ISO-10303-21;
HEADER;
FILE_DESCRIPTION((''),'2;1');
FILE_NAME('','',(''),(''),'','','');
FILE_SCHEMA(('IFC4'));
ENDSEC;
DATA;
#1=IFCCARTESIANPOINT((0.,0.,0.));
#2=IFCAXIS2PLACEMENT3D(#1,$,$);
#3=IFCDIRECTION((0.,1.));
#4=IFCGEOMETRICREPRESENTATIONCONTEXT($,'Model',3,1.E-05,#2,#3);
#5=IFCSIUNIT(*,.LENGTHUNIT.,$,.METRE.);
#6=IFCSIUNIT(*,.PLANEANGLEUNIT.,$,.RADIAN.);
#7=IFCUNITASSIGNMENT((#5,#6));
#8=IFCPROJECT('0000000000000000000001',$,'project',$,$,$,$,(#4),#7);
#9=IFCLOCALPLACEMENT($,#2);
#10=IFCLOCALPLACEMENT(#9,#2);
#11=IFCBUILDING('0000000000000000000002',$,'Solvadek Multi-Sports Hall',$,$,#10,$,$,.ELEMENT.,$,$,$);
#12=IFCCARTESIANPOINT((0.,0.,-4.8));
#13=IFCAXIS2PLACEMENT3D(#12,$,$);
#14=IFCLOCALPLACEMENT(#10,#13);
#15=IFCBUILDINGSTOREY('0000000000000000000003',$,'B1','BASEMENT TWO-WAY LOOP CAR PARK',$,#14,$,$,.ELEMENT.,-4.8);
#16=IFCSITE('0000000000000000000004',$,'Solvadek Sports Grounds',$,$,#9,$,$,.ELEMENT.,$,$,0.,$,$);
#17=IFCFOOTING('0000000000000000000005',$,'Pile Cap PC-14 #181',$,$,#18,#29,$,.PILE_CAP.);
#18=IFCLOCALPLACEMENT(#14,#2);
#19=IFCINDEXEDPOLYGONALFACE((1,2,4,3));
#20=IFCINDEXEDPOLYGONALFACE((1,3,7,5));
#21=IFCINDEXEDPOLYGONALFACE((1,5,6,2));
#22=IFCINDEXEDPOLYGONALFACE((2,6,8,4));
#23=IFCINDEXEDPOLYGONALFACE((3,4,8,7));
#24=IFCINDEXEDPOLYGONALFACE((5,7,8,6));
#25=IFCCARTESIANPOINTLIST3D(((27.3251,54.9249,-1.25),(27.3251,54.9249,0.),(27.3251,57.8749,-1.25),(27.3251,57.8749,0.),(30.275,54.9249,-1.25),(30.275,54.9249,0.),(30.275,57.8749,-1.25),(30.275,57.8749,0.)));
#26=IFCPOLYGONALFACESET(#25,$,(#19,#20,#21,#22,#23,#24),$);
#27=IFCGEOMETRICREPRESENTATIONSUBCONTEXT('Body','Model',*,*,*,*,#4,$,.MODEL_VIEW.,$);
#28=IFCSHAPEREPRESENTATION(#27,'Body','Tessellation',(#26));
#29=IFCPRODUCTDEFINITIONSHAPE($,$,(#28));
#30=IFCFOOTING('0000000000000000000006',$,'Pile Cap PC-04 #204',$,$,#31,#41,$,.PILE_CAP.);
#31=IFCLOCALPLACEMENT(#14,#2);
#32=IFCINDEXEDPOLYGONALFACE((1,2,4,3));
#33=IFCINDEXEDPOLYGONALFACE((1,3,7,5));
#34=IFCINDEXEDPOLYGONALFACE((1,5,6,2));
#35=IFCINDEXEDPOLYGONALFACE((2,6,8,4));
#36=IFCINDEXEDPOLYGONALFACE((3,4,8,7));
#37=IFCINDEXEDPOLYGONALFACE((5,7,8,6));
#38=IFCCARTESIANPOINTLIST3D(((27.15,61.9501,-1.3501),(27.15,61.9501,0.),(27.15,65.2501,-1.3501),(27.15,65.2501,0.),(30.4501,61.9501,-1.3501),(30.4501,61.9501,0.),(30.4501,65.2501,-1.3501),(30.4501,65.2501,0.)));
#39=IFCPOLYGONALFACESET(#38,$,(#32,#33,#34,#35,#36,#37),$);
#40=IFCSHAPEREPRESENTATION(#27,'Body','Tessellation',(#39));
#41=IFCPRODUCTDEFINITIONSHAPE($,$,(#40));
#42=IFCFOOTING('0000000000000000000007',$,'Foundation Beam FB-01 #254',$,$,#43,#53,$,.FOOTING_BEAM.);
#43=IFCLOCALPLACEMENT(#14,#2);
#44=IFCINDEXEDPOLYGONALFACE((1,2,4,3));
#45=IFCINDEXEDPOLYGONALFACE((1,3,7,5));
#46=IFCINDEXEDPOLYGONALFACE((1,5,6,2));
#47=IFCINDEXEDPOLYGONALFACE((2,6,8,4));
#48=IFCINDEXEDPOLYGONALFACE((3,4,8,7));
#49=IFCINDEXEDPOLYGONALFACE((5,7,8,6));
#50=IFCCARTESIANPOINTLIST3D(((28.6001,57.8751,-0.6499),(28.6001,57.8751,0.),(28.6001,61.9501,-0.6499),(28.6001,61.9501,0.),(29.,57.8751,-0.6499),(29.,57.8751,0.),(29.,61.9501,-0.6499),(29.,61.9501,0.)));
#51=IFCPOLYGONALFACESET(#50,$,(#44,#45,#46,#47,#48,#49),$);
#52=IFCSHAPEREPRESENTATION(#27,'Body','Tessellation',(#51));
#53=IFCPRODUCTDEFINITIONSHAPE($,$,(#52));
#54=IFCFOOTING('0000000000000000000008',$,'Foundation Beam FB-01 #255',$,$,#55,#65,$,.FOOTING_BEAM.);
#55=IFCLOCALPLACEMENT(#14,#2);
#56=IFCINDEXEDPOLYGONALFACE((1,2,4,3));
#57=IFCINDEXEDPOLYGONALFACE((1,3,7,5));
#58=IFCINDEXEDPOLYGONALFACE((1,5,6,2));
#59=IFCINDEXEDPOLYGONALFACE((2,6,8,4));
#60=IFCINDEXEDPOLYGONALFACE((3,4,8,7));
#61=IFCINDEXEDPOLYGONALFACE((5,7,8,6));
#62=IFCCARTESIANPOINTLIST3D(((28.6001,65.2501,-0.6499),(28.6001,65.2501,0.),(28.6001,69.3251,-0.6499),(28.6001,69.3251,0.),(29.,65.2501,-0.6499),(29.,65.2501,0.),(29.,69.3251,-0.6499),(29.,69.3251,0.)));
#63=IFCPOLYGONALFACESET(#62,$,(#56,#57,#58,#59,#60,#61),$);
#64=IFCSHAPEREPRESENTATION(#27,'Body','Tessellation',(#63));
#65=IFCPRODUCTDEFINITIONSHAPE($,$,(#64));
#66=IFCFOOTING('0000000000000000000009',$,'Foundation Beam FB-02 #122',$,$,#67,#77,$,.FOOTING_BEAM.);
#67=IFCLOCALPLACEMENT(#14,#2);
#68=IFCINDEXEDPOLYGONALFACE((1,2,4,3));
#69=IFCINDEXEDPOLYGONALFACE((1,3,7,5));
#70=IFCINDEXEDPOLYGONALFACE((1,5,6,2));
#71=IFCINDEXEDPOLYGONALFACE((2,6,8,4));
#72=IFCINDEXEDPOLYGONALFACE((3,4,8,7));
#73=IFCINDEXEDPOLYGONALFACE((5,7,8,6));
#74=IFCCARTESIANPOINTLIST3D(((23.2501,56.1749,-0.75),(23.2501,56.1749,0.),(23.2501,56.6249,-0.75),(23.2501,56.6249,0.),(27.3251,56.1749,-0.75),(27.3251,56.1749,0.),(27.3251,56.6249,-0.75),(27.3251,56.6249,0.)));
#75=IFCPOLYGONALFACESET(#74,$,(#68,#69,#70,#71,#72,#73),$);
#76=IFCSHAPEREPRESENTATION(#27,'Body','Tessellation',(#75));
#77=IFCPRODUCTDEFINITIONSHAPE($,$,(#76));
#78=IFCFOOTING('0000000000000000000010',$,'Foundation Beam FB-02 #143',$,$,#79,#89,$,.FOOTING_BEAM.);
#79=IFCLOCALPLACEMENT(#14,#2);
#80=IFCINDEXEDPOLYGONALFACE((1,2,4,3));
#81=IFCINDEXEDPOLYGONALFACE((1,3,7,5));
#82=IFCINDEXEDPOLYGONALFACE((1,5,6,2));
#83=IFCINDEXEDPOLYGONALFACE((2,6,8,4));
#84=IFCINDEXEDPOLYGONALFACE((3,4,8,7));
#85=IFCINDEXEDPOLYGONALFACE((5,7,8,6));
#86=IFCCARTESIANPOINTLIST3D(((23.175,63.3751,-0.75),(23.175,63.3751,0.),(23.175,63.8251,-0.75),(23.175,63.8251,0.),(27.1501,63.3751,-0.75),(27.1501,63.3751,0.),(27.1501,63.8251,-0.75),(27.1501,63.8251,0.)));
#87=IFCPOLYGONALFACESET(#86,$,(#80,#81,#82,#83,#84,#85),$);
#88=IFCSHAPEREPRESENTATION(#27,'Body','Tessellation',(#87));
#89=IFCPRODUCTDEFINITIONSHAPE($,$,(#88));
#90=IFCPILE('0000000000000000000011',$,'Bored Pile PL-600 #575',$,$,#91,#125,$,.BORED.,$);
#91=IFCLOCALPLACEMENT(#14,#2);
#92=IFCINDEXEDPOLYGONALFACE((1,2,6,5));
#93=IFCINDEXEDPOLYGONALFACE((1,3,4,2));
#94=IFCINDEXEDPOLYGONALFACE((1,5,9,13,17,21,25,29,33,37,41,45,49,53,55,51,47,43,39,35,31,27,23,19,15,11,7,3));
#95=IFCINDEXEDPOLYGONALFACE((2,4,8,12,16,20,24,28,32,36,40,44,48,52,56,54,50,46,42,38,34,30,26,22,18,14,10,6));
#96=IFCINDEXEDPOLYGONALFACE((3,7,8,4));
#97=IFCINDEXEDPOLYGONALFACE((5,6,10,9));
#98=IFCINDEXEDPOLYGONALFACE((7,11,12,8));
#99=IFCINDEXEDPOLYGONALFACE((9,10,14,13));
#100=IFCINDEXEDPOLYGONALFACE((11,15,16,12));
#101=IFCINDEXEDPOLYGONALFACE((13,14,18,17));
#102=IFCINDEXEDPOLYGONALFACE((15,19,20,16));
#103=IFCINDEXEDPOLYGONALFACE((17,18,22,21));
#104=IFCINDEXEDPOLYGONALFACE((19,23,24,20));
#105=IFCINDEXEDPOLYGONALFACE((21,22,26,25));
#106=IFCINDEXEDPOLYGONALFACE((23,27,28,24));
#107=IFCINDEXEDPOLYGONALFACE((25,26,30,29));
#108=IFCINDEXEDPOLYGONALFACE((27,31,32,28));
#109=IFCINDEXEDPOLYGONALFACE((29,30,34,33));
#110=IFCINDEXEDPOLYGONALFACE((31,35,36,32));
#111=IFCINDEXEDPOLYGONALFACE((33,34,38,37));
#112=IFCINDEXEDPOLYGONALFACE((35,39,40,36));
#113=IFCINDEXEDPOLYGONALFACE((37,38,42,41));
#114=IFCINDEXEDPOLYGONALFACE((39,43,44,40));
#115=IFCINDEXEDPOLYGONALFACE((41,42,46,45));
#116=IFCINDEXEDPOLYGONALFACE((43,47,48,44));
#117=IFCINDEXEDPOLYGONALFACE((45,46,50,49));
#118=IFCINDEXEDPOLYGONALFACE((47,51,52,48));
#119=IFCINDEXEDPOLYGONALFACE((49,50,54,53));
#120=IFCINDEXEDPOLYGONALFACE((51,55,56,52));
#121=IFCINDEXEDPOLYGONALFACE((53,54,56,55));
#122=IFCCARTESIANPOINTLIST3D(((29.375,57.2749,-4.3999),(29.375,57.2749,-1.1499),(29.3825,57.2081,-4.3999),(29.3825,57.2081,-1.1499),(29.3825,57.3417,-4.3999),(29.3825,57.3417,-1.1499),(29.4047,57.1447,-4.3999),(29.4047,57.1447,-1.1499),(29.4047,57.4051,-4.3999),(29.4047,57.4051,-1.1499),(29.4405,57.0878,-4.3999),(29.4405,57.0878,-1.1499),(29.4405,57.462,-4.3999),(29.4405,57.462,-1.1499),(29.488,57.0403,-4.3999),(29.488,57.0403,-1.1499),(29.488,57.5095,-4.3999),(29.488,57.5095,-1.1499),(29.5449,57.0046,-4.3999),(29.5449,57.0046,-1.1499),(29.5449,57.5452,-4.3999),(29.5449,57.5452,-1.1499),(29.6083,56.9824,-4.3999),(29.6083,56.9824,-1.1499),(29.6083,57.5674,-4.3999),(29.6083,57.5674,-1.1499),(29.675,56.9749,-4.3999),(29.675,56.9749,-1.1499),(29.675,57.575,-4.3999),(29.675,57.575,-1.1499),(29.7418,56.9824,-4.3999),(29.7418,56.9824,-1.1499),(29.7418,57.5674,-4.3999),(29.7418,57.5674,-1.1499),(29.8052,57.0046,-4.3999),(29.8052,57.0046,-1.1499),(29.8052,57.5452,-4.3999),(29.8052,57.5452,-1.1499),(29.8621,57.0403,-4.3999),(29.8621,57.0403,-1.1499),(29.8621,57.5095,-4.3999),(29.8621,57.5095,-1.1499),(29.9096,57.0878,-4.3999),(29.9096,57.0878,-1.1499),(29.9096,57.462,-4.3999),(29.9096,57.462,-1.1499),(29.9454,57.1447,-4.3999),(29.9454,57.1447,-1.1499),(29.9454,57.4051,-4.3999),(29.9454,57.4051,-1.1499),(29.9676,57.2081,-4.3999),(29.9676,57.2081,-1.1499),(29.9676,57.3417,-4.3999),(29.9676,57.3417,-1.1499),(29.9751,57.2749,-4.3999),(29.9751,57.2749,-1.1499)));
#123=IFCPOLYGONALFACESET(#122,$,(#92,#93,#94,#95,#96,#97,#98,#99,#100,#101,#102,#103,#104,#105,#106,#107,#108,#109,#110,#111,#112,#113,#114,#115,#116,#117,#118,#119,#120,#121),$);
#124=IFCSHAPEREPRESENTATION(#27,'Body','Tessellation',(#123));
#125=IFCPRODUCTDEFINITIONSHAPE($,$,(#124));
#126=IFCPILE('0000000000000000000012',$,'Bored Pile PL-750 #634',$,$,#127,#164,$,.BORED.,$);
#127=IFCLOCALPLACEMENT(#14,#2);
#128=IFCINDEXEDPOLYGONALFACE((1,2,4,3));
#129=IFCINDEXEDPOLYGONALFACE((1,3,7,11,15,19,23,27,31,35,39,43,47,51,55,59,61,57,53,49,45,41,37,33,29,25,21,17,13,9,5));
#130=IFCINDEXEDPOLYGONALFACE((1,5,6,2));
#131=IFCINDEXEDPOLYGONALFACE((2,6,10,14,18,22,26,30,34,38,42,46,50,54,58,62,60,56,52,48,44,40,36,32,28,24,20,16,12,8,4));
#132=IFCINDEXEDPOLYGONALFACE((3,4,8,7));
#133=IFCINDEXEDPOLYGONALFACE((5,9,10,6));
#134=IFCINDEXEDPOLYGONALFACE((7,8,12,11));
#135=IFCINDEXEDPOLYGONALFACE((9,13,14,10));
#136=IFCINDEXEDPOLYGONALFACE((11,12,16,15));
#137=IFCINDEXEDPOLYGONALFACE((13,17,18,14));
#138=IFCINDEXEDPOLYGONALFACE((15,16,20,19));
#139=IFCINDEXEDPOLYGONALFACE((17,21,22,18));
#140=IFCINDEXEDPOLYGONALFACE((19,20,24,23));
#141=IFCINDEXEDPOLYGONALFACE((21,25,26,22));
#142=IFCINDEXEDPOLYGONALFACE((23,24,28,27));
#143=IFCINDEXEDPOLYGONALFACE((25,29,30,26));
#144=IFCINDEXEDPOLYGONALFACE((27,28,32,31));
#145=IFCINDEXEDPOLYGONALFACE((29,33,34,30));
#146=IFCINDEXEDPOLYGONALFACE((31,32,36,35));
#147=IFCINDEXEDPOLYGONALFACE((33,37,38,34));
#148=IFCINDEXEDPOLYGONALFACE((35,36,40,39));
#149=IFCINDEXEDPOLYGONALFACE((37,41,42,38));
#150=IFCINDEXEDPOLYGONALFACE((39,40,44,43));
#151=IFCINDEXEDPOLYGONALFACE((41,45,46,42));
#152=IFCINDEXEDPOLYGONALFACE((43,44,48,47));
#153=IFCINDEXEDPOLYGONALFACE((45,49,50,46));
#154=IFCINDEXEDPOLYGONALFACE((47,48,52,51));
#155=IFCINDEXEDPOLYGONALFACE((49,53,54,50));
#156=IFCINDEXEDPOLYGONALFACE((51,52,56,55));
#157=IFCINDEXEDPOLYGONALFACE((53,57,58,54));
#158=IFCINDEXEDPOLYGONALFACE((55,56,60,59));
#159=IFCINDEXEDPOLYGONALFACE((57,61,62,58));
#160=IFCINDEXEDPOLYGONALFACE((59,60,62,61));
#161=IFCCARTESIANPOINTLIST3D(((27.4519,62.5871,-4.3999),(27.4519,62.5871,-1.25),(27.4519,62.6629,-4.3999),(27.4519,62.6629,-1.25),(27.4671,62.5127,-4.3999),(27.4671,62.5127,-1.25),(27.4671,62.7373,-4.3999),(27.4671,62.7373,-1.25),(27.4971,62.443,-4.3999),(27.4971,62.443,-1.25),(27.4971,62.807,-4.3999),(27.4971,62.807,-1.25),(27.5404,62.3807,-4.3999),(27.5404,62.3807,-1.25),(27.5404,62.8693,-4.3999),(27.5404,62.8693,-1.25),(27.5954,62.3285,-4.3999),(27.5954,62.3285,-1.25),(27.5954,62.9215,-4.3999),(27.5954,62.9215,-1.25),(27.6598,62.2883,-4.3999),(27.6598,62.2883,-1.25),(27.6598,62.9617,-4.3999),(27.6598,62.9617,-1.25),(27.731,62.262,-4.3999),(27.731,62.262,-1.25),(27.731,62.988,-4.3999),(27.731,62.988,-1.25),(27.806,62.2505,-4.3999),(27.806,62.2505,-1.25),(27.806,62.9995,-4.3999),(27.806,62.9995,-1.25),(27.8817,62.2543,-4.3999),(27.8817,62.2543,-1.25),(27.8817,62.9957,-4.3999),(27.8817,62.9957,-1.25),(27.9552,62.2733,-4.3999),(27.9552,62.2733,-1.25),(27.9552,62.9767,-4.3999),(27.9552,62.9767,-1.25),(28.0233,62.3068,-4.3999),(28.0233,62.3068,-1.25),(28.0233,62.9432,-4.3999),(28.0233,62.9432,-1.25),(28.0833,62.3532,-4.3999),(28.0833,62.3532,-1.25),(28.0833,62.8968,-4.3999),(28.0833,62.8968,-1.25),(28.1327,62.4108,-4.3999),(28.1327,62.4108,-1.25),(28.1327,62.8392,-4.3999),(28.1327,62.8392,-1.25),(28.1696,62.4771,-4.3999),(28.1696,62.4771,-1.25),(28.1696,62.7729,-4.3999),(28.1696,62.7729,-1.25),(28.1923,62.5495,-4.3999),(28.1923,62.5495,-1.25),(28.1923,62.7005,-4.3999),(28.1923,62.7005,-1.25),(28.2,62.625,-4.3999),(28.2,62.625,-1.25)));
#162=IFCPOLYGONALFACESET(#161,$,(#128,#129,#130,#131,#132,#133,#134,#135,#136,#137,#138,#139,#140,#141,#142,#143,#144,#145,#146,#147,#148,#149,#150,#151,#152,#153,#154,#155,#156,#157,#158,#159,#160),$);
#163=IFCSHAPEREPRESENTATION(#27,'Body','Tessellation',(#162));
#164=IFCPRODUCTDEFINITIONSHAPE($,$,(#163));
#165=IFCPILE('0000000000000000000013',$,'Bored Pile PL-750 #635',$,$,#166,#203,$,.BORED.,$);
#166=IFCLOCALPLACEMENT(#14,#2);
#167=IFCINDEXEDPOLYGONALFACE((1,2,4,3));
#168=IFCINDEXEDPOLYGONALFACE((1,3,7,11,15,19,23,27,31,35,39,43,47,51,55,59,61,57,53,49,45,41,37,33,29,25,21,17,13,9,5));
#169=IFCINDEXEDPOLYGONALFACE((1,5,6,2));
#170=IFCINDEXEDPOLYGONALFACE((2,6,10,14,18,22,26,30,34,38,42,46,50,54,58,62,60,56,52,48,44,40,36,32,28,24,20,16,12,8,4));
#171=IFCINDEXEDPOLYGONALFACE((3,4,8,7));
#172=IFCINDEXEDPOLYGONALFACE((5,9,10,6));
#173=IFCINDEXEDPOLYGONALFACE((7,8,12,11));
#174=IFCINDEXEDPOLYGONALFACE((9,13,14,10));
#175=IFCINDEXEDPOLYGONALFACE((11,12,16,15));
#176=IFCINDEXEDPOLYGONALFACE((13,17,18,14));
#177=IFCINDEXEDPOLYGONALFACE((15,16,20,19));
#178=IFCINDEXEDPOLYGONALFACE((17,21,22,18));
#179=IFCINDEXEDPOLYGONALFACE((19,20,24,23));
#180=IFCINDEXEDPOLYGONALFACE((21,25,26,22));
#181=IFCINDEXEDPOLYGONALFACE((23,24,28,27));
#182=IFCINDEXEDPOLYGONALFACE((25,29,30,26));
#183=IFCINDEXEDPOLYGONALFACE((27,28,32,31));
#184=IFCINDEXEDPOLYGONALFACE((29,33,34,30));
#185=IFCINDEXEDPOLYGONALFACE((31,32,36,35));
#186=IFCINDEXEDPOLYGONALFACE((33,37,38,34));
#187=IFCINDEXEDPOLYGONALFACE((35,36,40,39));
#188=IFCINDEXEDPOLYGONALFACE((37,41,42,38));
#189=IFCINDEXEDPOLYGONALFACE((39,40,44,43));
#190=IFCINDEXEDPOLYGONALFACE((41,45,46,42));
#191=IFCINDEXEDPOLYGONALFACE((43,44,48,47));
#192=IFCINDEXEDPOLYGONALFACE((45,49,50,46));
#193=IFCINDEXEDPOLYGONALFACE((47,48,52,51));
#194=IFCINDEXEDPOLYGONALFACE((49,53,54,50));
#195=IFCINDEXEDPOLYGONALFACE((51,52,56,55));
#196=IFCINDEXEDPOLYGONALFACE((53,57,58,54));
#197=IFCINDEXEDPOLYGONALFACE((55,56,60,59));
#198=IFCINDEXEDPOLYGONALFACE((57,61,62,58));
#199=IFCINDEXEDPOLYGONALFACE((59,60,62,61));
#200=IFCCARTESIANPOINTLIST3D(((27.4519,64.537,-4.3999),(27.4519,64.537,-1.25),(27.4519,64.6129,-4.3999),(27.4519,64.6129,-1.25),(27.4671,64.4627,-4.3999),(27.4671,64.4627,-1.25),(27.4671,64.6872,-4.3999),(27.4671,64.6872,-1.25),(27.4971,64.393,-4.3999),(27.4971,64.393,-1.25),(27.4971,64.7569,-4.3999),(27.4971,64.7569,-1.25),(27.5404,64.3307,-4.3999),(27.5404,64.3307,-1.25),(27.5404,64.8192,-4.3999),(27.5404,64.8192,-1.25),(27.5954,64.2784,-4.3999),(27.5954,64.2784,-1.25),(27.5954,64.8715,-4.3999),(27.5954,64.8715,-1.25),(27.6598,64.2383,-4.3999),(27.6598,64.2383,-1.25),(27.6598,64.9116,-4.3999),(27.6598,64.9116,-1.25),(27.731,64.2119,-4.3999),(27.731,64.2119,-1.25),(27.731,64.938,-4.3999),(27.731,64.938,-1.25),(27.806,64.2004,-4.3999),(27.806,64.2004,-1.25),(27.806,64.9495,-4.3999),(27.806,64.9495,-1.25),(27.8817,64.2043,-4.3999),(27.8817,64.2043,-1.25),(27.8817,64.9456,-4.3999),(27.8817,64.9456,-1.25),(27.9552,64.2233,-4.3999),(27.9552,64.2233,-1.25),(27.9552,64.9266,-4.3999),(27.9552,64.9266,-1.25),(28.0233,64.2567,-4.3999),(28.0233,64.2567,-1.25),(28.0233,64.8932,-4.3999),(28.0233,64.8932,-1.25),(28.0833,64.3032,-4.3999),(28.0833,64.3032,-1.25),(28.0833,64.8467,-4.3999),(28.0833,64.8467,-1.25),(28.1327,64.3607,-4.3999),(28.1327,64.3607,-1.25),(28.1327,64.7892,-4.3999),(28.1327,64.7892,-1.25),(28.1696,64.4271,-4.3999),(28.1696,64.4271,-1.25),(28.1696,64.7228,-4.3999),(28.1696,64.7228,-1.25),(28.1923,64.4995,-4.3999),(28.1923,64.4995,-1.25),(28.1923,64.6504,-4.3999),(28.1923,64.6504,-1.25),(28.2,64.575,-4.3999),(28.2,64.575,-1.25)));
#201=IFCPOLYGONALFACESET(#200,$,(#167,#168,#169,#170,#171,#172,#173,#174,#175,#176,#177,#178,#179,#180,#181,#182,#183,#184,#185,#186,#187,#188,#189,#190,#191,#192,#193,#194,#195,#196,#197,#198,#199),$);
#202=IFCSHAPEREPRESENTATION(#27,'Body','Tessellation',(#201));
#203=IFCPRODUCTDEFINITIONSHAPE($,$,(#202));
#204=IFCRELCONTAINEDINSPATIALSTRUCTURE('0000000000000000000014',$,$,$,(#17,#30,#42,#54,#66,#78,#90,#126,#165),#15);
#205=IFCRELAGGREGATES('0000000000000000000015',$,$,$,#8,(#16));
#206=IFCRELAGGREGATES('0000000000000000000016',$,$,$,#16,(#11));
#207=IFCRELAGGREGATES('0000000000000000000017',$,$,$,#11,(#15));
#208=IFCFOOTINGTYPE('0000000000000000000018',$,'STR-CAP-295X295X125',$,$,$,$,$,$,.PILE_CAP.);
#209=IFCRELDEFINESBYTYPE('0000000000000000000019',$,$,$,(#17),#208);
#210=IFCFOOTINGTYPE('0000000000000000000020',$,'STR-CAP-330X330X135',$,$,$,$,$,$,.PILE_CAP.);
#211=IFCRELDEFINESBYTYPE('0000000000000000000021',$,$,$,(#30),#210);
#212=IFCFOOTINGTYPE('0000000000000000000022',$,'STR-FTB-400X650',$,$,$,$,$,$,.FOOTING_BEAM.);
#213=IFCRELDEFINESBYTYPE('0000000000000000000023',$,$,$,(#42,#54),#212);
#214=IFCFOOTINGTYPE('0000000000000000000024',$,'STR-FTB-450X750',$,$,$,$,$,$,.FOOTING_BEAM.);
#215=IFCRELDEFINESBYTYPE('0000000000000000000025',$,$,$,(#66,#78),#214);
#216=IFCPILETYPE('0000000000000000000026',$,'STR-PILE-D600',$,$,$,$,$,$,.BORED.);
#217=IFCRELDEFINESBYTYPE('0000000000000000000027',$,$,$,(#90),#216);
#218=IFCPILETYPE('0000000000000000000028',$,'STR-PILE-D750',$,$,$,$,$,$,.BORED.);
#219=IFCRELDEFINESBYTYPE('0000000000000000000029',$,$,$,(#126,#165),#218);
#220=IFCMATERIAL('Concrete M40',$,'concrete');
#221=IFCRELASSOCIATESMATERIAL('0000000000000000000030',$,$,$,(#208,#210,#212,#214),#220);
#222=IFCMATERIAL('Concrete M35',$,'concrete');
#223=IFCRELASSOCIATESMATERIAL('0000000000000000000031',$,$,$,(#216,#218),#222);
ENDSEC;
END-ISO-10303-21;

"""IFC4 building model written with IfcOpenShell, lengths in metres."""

from ifc_helpers import new_model, si_unit, direction, frame, origin, origin_2d, place, context, subcontext, project, spatial, rectangle, circle, extrude, material, material_profile, profile_set, type_object, element, save


model = new_model("IFC4")

# Units and contexts
model_context = context("Model", 3, precision=1e-05, world=origin(), true_north=direction((0.0, 1.0)))
body_context = subcontext(model_context, "Body", "Model", "MODEL_VIEW")
ifc_project = project(units=[si_unit("LENGTHUNIT", "METRE"), si_unit("PLANEANGLEUNIT", "RADIAN")], contexts=[model_context])

# Site, building, storey
site_placement = place(None, origin())
site = spatial("IfcSite", under=ifc_project, at=site_placement, Name="Solvadek Sports Grounds", CompositionType="ELEMENT", RefElevation=0.0)
building_placement = place(site_placement, origin())
building = spatial("IfcBuilding", under=site, at=building_placement, Name="Solvadek Multi-Sports Hall", CompositionType="ELEMENT")
storey_placement = place(building_placement, frame((0.0, 0.0, -4.8)))
storey = spatial("IfcBuildingStorey", under=building, at=storey_placement, Name="B1", Description="BASEMENT TWO-WAY LOOP CAR PARK", CompositionType="ELEMENT", Elevation=-4.8)

# Footings
ifc_material_1 = material(Name="Concrete M40", Category="concrete")
footing_type_1 = type_object("IfcFootingType", Name="STR-CAP-295X295X125", PredefinedType="PILE_CAP", material=ifc_material_1)
footing_1_placement = place(storey_placement, frame((28.8, 56.3999, -1.25), z_axis=(0.0, 0.0, 1.0), x_axis=(1.0, 0.0, 0.0)))
element("IfcFooting", 1, at=footing_1_placement, inside=storey, type_object=footing_type_1, Name="Pile Cap PC-14 #181", PredefinedType="PILE_CAP", context=body_context, shape_type="SweptSolid", body=[
    extrude(rectangle(XDim=2.95, YDim=2.95, at=origin_2d()), origin(), (0.0, 0.0, 1.0), 1.25),
])
footing_type_2 = type_object("IfcFootingType", Name="STR-CAP-330X330X135", PredefinedType="PILE_CAP", material=ifc_material_1)
footing_2_placement = place(storey_placement, frame((28.8, 63.6001, -1.3501), z_axis=(0.0, 0.0, 1.0), x_axis=(1.0, 0.0, 0.0)))
element("IfcFooting", 2, at=footing_2_placement, inside=storey, type_object=footing_type_2, Name="Pile Cap PC-04 #204", PredefinedType="PILE_CAP", context=body_context, shape_type="SweptSolid", body=[
    extrude(rectangle(XDim=3.3, YDim=3.3, at=origin_2d()), origin(), (0.0, 0.0, 1.0), 1.3501),
])
footing_type_3 = type_object("IfcFootingType", Name="STR-FTB-400X650", PredefinedType="FOOTING_BEAM", material=ifc_material_1)
for number, where, z_axis, x_axis, name in (
    (3, (28.8, 59.9126, -0.6499), (0.0, 0.0, 1.0), (0.0, 1.0, 0.0), "Foundation Beam FB-01 #254"),
    (4, (28.8, 67.2876, -0.6499), (0.0, 0.0, 1.0), (0.0, 1.0, 0.0), "Foundation Beam FB-01 #255"),
):
    element("IfcFooting", number, at=place(storey_placement, frame(where, z_axis=z_axis, x_axis=x_axis)), inside=storey, type_object=footing_type_3, Name=name, PredefinedType="FOOTING_BEAM", context=body_context, shape_type="SweptSolid", body=[
        extrude(rectangle(XDim=4.075, YDim=0.3999, at=origin_2d()), origin(), (0.0, 0.0, 1.0), 0.6499),
    ])
footing_type_4 = type_object("IfcFootingType", Name="STR-FTB-450X750", PredefinedType="FOOTING_BEAM", material=ifc_material_1)
footing_3_placement = place(storey_placement, frame((25.2876, 56.3999, -0.75), z_axis=(0.0, 0.0, 1.0), x_axis=(1.0, 0.0, 0.0)))
element("IfcFooting", 5, at=footing_3_placement, inside=storey, type_object=footing_type_4, Name="Foundation Beam FB-02 #122", PredefinedType="FOOTING_BEAM", context=body_context, shape_type="SweptSolid", body=[
    extrude(rectangle(XDim=4.075, YDim=0.45, at=origin_2d()), origin(), (0.0, 0.0, 1.0), 0.75),
])
footing_4_placement = place(storey_placement, frame((25.1626, 63.6001, -0.75), z_axis=(0.0, 0.0, 1.0), x_axis=(1.0, 0.0, 0.0)))
element("IfcFooting", 6, at=footing_4_placement, inside=storey, type_object=footing_type_4, Name="Foundation Beam FB-02 #143", PredefinedType="FOOTING_BEAM", context=body_context, shape_type="SweptSolid", body=[
    extrude(rectangle(XDim=3.9751, YDim=0.45, at=origin_2d()), origin(), (0.0, 0.0, 1.0), 0.75),
])

# Piles
ifc_material_2 = material(Name="Concrete M35", Category="concrete")
ifc_material_profile_1 = material_profile(ifc_material_2, circle(Radius=0.3, at=origin_2d()), Name="BORED PILE D600")
ifc_profile_set_1 = profile_set([ifc_material_profile_1], Name="Concrete M35")
pile_type_1 = type_object("IfcPileType", Name="STR-PILE-D600", PredefinedType="BORED", material=ifc_profile_set_1)
pile_1_placement = place(storey_placement, frame((29.675, 57.2749, -1.1499), z_axis=(0.0, 0.0, -1.0), x_axis=(1.0, 0.0, 0.0)))
element("IfcPile", 7, at=pile_1_placement, inside=storey, type_object=pile_type_1, Name="Bored Pile PL-600 #575", PredefinedType="BORED", context=body_context, shape_type="SweptSolid", body=[
    extrude(circle(Radius=0.3, at=origin_2d()), origin(), (0.0, 0.0, 1.0), 3.25),
])
ifc_material_profile_2 = material_profile(ifc_material_2, circle(Radius=0.375, at=origin_2d()), Name="BORED PILE D750")
ifc_profile_set_2 = profile_set([ifc_material_profile_2], Name="Concrete M35")
pile_type_2 = type_object("IfcPileType", Name="STR-PILE-D750", PredefinedType="BORED", material=ifc_profile_set_2)
for number, where, z_axis, x_axis, name in (
    (8, (27.825, 62.625, -1.25), (0.0, 0.0, -1.0), (1.0, 0.0, 0.0), "Bored Pile PL-750 #634"),
    (9, (27.825, 64.575, -1.25), (0.0, 0.0, -1.0), (1.0, 0.0, 0.0), "Bored Pile PL-750 #635"),
):
    element("IfcPile", number, at=place(storey_placement, frame(where, z_axis=z_axis, x_axis=x_axis)), inside=storey, type_object=pile_type_2, Name=name, PredefinedType="BORED", context=body_context, shape_type="SweptSolid", body=[
        extrude(circle(Radius=0.375, at=origin_2d()), origin(), (0.0, 0.0, 1.0), 3.1499),
    ])

save(model, "model.ifc")
